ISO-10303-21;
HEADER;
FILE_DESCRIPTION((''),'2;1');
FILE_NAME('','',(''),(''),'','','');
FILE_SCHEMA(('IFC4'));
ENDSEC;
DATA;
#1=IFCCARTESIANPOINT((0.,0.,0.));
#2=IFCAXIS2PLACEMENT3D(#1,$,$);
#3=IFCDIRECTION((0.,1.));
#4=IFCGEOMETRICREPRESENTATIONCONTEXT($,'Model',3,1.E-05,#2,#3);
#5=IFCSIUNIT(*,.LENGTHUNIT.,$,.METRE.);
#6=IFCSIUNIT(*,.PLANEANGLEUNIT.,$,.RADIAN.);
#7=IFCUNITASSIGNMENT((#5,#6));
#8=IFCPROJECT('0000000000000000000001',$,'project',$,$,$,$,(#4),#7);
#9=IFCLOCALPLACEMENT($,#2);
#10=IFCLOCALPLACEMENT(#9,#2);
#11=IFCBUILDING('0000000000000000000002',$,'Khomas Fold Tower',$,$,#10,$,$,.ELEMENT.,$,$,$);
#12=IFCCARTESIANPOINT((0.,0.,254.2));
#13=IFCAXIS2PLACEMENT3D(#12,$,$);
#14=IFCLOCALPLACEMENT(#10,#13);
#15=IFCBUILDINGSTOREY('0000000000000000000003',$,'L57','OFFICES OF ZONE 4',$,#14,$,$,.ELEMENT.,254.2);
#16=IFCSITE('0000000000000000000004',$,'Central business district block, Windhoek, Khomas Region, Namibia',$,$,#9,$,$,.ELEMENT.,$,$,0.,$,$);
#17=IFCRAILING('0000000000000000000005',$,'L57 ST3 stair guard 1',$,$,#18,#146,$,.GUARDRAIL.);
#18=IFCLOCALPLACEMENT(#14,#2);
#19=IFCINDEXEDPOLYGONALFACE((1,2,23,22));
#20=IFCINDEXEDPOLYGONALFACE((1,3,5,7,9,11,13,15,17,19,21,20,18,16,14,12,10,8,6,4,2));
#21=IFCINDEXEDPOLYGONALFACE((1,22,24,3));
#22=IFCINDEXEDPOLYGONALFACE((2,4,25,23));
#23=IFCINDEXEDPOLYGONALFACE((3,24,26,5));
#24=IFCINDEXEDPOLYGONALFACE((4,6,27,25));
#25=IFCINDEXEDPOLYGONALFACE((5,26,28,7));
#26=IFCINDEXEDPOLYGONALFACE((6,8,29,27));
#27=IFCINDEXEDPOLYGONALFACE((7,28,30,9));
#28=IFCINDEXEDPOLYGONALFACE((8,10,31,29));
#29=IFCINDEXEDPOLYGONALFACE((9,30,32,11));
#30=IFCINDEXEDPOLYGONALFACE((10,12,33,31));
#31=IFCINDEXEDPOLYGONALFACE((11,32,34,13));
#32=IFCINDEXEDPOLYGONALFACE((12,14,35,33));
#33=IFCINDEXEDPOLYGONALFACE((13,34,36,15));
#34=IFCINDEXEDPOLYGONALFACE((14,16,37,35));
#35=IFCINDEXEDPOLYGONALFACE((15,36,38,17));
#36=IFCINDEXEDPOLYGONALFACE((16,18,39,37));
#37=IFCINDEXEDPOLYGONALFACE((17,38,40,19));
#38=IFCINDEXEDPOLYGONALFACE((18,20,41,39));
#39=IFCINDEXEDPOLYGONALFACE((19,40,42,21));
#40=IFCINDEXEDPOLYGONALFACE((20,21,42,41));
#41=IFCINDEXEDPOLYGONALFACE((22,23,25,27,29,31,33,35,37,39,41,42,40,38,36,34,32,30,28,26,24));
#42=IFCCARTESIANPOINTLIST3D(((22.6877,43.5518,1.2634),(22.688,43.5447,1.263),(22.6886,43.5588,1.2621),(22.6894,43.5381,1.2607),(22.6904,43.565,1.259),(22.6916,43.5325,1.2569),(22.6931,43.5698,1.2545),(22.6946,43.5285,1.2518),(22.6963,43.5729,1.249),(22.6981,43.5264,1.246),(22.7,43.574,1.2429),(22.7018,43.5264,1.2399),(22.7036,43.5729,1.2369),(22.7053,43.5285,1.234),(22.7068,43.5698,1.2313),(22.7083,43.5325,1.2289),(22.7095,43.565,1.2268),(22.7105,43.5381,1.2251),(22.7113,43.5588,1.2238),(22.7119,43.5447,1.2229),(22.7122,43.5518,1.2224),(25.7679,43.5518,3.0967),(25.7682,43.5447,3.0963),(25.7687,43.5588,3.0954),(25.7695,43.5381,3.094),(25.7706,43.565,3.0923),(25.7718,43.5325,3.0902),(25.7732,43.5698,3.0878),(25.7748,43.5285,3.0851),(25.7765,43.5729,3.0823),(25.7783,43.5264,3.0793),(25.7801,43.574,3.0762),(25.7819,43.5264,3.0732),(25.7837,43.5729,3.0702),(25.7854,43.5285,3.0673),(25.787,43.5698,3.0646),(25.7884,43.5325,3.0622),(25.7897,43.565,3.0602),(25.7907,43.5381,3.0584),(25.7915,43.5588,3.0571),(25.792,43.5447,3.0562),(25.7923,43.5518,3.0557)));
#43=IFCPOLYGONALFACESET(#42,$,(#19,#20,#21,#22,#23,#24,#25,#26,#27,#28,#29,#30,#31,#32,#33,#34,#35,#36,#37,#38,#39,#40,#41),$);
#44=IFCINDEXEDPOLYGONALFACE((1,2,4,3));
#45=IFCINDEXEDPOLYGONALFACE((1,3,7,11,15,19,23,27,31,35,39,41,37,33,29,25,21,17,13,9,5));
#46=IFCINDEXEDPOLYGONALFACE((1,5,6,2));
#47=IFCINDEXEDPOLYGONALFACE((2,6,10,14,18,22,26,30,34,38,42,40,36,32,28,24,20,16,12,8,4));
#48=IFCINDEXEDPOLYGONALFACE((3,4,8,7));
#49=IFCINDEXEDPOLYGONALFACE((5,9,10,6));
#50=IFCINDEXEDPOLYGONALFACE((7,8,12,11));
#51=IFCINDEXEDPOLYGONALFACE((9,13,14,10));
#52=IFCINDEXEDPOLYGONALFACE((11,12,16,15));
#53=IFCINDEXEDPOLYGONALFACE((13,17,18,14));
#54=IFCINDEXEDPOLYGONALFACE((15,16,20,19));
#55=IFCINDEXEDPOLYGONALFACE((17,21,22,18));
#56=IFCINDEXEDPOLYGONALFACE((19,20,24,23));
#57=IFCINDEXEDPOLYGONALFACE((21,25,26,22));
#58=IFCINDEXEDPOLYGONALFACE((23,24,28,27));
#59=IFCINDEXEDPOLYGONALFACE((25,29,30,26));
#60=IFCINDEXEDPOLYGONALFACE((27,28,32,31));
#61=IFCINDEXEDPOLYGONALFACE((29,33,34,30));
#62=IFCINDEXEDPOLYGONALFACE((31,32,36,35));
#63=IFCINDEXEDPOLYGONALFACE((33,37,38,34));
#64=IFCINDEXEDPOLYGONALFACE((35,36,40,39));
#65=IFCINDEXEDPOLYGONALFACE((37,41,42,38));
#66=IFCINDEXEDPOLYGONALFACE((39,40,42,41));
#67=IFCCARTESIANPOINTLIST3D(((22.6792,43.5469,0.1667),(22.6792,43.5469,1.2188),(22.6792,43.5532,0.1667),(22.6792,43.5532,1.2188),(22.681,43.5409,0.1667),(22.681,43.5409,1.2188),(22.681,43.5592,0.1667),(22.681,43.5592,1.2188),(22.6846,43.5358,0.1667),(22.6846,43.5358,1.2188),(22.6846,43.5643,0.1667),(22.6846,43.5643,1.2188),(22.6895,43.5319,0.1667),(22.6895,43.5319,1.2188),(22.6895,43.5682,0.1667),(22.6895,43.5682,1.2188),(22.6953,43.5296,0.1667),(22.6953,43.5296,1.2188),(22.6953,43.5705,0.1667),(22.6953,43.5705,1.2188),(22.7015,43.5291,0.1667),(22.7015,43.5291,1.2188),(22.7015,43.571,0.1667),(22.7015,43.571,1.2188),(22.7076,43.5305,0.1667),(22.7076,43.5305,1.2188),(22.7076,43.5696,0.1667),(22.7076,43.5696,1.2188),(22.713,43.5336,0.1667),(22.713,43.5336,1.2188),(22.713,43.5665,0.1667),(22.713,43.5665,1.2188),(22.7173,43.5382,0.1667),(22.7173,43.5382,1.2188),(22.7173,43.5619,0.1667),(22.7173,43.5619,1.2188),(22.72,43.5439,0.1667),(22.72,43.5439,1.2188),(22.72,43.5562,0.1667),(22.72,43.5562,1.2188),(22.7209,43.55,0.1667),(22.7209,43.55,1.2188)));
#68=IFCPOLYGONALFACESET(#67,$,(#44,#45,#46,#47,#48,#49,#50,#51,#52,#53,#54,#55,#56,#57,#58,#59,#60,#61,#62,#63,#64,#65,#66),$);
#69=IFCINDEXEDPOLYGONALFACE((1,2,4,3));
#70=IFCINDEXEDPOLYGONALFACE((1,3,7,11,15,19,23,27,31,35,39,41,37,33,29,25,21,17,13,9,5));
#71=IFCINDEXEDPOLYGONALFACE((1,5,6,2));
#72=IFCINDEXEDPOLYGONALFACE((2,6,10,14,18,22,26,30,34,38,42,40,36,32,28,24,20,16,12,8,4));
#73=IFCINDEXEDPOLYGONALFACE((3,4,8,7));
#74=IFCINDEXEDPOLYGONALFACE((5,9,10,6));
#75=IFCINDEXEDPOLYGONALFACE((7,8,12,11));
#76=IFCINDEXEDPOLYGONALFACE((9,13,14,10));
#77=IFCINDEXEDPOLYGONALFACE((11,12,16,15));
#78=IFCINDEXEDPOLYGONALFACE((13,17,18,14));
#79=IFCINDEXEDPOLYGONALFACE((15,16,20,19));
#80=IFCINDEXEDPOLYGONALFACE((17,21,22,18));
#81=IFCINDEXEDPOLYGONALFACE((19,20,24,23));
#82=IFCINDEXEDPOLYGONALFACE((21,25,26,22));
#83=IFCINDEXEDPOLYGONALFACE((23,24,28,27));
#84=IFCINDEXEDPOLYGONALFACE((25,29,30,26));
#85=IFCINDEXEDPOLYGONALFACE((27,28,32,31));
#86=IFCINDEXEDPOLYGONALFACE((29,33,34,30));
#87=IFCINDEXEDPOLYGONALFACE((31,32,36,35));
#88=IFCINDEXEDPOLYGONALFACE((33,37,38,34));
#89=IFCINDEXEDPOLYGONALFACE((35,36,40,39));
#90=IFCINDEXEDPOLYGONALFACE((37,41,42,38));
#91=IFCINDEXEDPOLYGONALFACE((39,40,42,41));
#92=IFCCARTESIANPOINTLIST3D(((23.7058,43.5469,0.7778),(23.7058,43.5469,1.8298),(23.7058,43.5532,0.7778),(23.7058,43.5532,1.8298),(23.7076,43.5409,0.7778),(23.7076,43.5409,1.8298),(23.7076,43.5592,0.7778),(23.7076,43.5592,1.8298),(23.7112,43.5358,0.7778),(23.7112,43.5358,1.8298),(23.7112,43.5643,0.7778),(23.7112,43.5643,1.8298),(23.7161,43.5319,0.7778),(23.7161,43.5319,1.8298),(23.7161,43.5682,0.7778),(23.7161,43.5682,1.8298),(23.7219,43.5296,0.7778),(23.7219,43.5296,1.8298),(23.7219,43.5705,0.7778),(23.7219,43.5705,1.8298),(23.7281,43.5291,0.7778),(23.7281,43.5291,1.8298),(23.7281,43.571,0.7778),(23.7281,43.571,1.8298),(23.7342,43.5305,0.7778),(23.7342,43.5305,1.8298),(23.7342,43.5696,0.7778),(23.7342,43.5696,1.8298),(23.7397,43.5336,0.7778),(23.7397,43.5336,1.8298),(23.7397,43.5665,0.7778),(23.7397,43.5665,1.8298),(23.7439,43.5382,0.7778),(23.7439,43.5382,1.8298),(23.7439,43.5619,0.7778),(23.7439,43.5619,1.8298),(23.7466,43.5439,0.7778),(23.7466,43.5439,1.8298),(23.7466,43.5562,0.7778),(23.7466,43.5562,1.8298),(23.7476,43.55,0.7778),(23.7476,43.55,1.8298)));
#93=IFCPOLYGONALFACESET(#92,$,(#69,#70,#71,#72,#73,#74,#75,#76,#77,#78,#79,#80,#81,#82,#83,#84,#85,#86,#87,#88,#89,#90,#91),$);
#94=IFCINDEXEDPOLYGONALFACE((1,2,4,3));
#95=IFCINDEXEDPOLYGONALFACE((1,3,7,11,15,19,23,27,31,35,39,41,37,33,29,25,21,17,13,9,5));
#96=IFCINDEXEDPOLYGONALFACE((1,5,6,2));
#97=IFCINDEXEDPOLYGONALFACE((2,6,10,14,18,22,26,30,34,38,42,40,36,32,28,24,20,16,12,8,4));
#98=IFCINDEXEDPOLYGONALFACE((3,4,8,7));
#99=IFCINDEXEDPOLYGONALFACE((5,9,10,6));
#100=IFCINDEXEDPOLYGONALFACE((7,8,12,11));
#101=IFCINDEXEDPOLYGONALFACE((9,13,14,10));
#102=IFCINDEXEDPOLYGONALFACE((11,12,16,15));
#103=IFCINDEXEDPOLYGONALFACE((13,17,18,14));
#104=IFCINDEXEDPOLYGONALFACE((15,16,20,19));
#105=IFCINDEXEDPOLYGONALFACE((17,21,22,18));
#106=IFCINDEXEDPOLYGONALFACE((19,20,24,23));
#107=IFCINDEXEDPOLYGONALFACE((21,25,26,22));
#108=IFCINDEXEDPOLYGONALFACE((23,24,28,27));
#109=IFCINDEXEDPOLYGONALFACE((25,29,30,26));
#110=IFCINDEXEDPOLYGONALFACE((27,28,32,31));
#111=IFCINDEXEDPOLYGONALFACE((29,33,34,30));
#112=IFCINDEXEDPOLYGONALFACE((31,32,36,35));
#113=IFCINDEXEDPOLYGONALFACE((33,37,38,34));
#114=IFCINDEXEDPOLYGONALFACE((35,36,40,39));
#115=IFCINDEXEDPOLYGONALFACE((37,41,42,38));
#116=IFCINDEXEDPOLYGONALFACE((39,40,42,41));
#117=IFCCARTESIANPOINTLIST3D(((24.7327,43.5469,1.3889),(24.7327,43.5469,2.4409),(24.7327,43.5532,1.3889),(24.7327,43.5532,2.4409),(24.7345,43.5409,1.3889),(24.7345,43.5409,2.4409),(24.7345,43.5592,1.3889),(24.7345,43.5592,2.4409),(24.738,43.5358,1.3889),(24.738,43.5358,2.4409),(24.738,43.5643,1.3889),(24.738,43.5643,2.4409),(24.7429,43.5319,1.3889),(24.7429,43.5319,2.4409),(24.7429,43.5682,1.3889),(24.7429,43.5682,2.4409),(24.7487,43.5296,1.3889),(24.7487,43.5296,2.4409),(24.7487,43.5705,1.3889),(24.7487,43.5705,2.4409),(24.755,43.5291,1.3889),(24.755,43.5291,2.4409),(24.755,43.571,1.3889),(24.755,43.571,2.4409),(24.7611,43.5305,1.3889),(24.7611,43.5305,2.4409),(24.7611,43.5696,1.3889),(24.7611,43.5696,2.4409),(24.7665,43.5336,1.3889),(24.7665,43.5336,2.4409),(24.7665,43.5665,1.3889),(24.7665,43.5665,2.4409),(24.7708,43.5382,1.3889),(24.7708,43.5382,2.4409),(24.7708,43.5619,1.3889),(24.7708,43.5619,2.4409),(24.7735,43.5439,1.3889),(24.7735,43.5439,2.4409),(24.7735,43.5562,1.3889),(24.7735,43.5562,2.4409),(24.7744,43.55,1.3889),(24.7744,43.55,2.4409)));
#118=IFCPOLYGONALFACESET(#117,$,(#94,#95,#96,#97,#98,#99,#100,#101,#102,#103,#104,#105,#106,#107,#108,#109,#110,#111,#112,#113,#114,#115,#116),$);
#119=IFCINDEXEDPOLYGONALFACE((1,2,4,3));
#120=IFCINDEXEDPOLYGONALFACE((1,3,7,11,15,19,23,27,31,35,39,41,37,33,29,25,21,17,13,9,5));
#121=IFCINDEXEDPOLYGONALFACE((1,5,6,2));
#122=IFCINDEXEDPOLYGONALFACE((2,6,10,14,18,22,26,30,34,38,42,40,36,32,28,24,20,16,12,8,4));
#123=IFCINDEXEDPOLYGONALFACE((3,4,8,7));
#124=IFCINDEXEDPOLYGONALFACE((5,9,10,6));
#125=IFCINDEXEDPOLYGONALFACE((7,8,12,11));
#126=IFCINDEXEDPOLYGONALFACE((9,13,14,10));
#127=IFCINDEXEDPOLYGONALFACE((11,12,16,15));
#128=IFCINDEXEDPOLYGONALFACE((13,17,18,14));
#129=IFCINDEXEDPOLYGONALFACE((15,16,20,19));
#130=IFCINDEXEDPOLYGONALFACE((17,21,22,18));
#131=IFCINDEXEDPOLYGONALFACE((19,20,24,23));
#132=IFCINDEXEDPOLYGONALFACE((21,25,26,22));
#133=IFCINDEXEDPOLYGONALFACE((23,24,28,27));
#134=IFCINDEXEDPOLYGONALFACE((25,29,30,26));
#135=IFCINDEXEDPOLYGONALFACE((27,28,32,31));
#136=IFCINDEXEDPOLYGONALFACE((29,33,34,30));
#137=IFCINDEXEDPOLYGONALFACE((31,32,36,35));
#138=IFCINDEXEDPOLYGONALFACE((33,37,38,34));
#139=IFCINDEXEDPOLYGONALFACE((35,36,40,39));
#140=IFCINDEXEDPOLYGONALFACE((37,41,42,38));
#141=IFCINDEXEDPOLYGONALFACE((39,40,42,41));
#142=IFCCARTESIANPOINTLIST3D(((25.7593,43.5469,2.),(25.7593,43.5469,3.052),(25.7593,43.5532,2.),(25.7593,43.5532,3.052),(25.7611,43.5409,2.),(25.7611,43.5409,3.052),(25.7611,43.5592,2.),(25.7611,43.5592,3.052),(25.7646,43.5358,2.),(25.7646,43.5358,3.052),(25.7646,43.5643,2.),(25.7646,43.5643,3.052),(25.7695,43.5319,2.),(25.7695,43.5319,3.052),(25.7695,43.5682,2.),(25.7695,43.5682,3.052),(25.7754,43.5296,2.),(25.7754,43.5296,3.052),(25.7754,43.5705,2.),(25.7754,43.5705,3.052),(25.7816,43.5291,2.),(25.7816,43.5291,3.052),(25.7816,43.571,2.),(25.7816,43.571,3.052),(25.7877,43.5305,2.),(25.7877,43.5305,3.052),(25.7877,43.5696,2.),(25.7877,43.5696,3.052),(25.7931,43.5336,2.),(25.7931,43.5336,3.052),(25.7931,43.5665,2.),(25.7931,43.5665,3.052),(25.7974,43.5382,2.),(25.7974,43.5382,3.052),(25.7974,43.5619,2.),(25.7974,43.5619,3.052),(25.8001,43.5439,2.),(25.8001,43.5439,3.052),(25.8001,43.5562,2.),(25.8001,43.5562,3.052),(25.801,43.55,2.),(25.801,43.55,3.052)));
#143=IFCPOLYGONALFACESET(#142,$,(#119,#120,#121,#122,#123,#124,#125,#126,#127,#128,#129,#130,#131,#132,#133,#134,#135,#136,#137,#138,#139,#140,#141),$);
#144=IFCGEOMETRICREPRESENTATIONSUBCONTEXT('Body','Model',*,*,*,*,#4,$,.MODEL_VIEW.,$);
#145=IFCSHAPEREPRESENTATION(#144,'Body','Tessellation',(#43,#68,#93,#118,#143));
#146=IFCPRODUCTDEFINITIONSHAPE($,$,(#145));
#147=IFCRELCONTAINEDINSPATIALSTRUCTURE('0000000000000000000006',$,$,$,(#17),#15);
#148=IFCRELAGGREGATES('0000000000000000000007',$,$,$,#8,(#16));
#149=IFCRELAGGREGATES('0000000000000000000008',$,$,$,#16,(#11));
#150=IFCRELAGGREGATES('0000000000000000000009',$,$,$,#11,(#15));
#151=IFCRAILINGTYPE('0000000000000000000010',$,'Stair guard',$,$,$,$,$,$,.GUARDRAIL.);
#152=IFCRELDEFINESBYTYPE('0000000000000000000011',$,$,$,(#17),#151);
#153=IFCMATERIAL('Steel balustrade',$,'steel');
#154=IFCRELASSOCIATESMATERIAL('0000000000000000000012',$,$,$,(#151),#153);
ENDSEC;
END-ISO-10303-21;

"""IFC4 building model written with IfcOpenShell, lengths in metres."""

from ifc_helpers import new_model, si_unit, direction, frame, origin, origin_2d, place, context, subcontext, project, spatial, circle, extrude, source, transform, mapped, material, type_object, element, save


model = new_model("IFC4")

# Units and contexts
model_context = context("Model", 3, precision=1e-05, world=origin(), true_north=direction((0.0, 1.0)))
body_context = subcontext(model_context, "Body", "Model", "MODEL_VIEW")
ifc_project = project(units=[si_unit("LENGTHUNIT", "METRE"), si_unit("PLANEANGLEUNIT", "RADIAN")], contexts=[model_context])

# Site, building, storey
site_placement = place(None, origin())
site = spatial("IfcSite", under=ifc_project, at=site_placement, Name="Central business district block, Windhoek, Khomas Region, Namibia", CompositionType="ELEMENT", RefElevation=0.0)
building_placement = place(site_placement, origin())
building = spatial("IfcBuilding", under=site, at=building_placement, Name="Khomas Fold Tower", CompositionType="ELEMENT")
storey_placement = place(building_placement, frame((0.0, 0.0, 254.2)))
storey = spatial("IfcBuildingStorey", under=building, at=storey_placement, Name="L57", Description="OFFICES OF ZONE 4", CompositionType="ELEMENT", Elevation=254.2)

# Railing
ifc_material_1 = material(Name="Steel balustrade", Category="steel")
railing_type_1 = type_object("IfcRailingType", Name="Stair guard", PredefinedType="GUARDRAIL", material=ifc_material_1)
shared_shape_1 = source(origin(), body_context, "Body", "SweptSolid", [
    extrude(circle(Radius=0.0239, at=origin_2d()), frame((0.0, 0.0, 1.0762), z_axis=(0.859309, 0.0, 0.511458), x_axis=(0.0, 1.0, 0.0)), (0.0, 0.0, 1.0), 3.5845),
    extrude(circle(Radius=0.021, at=origin_2d()), origin(), (0.0, 0.0, 1.0), 1.052),
    extrude(circle(Radius=0.021, at=origin_2d()), frame((1.0266, 0.0, 0.6111)), (0.0, 0.0, 1.0), 1.052),
    extrude(circle(Radius=0.021, at=origin_2d()), frame((2.0535, 0.0, 1.2222)), (0.0, 0.0, 1.0), 1.052),
    extrude(circle(Radius=0.021, at=origin_2d()), frame((3.0801, 0.0, 1.8333)), (0.0, 0.0, 1.0), 1.052),
])
railing_1_placement = place(storey_placement, frame((22.7, 43.55, 0.1667)))
element("IfcRailing", 1, at=railing_1_placement, inside=storey, type_object=railing_type_1, Name="L57 ST3 stair guard 1", PredefinedType="GUARDRAIL", context=body_context, shape_type="MappedRepresentation", body=[
    mapped(shared_shape_1, transform((0.0, 0.0, 0.0))),
])

save(model, "model.ifc")
